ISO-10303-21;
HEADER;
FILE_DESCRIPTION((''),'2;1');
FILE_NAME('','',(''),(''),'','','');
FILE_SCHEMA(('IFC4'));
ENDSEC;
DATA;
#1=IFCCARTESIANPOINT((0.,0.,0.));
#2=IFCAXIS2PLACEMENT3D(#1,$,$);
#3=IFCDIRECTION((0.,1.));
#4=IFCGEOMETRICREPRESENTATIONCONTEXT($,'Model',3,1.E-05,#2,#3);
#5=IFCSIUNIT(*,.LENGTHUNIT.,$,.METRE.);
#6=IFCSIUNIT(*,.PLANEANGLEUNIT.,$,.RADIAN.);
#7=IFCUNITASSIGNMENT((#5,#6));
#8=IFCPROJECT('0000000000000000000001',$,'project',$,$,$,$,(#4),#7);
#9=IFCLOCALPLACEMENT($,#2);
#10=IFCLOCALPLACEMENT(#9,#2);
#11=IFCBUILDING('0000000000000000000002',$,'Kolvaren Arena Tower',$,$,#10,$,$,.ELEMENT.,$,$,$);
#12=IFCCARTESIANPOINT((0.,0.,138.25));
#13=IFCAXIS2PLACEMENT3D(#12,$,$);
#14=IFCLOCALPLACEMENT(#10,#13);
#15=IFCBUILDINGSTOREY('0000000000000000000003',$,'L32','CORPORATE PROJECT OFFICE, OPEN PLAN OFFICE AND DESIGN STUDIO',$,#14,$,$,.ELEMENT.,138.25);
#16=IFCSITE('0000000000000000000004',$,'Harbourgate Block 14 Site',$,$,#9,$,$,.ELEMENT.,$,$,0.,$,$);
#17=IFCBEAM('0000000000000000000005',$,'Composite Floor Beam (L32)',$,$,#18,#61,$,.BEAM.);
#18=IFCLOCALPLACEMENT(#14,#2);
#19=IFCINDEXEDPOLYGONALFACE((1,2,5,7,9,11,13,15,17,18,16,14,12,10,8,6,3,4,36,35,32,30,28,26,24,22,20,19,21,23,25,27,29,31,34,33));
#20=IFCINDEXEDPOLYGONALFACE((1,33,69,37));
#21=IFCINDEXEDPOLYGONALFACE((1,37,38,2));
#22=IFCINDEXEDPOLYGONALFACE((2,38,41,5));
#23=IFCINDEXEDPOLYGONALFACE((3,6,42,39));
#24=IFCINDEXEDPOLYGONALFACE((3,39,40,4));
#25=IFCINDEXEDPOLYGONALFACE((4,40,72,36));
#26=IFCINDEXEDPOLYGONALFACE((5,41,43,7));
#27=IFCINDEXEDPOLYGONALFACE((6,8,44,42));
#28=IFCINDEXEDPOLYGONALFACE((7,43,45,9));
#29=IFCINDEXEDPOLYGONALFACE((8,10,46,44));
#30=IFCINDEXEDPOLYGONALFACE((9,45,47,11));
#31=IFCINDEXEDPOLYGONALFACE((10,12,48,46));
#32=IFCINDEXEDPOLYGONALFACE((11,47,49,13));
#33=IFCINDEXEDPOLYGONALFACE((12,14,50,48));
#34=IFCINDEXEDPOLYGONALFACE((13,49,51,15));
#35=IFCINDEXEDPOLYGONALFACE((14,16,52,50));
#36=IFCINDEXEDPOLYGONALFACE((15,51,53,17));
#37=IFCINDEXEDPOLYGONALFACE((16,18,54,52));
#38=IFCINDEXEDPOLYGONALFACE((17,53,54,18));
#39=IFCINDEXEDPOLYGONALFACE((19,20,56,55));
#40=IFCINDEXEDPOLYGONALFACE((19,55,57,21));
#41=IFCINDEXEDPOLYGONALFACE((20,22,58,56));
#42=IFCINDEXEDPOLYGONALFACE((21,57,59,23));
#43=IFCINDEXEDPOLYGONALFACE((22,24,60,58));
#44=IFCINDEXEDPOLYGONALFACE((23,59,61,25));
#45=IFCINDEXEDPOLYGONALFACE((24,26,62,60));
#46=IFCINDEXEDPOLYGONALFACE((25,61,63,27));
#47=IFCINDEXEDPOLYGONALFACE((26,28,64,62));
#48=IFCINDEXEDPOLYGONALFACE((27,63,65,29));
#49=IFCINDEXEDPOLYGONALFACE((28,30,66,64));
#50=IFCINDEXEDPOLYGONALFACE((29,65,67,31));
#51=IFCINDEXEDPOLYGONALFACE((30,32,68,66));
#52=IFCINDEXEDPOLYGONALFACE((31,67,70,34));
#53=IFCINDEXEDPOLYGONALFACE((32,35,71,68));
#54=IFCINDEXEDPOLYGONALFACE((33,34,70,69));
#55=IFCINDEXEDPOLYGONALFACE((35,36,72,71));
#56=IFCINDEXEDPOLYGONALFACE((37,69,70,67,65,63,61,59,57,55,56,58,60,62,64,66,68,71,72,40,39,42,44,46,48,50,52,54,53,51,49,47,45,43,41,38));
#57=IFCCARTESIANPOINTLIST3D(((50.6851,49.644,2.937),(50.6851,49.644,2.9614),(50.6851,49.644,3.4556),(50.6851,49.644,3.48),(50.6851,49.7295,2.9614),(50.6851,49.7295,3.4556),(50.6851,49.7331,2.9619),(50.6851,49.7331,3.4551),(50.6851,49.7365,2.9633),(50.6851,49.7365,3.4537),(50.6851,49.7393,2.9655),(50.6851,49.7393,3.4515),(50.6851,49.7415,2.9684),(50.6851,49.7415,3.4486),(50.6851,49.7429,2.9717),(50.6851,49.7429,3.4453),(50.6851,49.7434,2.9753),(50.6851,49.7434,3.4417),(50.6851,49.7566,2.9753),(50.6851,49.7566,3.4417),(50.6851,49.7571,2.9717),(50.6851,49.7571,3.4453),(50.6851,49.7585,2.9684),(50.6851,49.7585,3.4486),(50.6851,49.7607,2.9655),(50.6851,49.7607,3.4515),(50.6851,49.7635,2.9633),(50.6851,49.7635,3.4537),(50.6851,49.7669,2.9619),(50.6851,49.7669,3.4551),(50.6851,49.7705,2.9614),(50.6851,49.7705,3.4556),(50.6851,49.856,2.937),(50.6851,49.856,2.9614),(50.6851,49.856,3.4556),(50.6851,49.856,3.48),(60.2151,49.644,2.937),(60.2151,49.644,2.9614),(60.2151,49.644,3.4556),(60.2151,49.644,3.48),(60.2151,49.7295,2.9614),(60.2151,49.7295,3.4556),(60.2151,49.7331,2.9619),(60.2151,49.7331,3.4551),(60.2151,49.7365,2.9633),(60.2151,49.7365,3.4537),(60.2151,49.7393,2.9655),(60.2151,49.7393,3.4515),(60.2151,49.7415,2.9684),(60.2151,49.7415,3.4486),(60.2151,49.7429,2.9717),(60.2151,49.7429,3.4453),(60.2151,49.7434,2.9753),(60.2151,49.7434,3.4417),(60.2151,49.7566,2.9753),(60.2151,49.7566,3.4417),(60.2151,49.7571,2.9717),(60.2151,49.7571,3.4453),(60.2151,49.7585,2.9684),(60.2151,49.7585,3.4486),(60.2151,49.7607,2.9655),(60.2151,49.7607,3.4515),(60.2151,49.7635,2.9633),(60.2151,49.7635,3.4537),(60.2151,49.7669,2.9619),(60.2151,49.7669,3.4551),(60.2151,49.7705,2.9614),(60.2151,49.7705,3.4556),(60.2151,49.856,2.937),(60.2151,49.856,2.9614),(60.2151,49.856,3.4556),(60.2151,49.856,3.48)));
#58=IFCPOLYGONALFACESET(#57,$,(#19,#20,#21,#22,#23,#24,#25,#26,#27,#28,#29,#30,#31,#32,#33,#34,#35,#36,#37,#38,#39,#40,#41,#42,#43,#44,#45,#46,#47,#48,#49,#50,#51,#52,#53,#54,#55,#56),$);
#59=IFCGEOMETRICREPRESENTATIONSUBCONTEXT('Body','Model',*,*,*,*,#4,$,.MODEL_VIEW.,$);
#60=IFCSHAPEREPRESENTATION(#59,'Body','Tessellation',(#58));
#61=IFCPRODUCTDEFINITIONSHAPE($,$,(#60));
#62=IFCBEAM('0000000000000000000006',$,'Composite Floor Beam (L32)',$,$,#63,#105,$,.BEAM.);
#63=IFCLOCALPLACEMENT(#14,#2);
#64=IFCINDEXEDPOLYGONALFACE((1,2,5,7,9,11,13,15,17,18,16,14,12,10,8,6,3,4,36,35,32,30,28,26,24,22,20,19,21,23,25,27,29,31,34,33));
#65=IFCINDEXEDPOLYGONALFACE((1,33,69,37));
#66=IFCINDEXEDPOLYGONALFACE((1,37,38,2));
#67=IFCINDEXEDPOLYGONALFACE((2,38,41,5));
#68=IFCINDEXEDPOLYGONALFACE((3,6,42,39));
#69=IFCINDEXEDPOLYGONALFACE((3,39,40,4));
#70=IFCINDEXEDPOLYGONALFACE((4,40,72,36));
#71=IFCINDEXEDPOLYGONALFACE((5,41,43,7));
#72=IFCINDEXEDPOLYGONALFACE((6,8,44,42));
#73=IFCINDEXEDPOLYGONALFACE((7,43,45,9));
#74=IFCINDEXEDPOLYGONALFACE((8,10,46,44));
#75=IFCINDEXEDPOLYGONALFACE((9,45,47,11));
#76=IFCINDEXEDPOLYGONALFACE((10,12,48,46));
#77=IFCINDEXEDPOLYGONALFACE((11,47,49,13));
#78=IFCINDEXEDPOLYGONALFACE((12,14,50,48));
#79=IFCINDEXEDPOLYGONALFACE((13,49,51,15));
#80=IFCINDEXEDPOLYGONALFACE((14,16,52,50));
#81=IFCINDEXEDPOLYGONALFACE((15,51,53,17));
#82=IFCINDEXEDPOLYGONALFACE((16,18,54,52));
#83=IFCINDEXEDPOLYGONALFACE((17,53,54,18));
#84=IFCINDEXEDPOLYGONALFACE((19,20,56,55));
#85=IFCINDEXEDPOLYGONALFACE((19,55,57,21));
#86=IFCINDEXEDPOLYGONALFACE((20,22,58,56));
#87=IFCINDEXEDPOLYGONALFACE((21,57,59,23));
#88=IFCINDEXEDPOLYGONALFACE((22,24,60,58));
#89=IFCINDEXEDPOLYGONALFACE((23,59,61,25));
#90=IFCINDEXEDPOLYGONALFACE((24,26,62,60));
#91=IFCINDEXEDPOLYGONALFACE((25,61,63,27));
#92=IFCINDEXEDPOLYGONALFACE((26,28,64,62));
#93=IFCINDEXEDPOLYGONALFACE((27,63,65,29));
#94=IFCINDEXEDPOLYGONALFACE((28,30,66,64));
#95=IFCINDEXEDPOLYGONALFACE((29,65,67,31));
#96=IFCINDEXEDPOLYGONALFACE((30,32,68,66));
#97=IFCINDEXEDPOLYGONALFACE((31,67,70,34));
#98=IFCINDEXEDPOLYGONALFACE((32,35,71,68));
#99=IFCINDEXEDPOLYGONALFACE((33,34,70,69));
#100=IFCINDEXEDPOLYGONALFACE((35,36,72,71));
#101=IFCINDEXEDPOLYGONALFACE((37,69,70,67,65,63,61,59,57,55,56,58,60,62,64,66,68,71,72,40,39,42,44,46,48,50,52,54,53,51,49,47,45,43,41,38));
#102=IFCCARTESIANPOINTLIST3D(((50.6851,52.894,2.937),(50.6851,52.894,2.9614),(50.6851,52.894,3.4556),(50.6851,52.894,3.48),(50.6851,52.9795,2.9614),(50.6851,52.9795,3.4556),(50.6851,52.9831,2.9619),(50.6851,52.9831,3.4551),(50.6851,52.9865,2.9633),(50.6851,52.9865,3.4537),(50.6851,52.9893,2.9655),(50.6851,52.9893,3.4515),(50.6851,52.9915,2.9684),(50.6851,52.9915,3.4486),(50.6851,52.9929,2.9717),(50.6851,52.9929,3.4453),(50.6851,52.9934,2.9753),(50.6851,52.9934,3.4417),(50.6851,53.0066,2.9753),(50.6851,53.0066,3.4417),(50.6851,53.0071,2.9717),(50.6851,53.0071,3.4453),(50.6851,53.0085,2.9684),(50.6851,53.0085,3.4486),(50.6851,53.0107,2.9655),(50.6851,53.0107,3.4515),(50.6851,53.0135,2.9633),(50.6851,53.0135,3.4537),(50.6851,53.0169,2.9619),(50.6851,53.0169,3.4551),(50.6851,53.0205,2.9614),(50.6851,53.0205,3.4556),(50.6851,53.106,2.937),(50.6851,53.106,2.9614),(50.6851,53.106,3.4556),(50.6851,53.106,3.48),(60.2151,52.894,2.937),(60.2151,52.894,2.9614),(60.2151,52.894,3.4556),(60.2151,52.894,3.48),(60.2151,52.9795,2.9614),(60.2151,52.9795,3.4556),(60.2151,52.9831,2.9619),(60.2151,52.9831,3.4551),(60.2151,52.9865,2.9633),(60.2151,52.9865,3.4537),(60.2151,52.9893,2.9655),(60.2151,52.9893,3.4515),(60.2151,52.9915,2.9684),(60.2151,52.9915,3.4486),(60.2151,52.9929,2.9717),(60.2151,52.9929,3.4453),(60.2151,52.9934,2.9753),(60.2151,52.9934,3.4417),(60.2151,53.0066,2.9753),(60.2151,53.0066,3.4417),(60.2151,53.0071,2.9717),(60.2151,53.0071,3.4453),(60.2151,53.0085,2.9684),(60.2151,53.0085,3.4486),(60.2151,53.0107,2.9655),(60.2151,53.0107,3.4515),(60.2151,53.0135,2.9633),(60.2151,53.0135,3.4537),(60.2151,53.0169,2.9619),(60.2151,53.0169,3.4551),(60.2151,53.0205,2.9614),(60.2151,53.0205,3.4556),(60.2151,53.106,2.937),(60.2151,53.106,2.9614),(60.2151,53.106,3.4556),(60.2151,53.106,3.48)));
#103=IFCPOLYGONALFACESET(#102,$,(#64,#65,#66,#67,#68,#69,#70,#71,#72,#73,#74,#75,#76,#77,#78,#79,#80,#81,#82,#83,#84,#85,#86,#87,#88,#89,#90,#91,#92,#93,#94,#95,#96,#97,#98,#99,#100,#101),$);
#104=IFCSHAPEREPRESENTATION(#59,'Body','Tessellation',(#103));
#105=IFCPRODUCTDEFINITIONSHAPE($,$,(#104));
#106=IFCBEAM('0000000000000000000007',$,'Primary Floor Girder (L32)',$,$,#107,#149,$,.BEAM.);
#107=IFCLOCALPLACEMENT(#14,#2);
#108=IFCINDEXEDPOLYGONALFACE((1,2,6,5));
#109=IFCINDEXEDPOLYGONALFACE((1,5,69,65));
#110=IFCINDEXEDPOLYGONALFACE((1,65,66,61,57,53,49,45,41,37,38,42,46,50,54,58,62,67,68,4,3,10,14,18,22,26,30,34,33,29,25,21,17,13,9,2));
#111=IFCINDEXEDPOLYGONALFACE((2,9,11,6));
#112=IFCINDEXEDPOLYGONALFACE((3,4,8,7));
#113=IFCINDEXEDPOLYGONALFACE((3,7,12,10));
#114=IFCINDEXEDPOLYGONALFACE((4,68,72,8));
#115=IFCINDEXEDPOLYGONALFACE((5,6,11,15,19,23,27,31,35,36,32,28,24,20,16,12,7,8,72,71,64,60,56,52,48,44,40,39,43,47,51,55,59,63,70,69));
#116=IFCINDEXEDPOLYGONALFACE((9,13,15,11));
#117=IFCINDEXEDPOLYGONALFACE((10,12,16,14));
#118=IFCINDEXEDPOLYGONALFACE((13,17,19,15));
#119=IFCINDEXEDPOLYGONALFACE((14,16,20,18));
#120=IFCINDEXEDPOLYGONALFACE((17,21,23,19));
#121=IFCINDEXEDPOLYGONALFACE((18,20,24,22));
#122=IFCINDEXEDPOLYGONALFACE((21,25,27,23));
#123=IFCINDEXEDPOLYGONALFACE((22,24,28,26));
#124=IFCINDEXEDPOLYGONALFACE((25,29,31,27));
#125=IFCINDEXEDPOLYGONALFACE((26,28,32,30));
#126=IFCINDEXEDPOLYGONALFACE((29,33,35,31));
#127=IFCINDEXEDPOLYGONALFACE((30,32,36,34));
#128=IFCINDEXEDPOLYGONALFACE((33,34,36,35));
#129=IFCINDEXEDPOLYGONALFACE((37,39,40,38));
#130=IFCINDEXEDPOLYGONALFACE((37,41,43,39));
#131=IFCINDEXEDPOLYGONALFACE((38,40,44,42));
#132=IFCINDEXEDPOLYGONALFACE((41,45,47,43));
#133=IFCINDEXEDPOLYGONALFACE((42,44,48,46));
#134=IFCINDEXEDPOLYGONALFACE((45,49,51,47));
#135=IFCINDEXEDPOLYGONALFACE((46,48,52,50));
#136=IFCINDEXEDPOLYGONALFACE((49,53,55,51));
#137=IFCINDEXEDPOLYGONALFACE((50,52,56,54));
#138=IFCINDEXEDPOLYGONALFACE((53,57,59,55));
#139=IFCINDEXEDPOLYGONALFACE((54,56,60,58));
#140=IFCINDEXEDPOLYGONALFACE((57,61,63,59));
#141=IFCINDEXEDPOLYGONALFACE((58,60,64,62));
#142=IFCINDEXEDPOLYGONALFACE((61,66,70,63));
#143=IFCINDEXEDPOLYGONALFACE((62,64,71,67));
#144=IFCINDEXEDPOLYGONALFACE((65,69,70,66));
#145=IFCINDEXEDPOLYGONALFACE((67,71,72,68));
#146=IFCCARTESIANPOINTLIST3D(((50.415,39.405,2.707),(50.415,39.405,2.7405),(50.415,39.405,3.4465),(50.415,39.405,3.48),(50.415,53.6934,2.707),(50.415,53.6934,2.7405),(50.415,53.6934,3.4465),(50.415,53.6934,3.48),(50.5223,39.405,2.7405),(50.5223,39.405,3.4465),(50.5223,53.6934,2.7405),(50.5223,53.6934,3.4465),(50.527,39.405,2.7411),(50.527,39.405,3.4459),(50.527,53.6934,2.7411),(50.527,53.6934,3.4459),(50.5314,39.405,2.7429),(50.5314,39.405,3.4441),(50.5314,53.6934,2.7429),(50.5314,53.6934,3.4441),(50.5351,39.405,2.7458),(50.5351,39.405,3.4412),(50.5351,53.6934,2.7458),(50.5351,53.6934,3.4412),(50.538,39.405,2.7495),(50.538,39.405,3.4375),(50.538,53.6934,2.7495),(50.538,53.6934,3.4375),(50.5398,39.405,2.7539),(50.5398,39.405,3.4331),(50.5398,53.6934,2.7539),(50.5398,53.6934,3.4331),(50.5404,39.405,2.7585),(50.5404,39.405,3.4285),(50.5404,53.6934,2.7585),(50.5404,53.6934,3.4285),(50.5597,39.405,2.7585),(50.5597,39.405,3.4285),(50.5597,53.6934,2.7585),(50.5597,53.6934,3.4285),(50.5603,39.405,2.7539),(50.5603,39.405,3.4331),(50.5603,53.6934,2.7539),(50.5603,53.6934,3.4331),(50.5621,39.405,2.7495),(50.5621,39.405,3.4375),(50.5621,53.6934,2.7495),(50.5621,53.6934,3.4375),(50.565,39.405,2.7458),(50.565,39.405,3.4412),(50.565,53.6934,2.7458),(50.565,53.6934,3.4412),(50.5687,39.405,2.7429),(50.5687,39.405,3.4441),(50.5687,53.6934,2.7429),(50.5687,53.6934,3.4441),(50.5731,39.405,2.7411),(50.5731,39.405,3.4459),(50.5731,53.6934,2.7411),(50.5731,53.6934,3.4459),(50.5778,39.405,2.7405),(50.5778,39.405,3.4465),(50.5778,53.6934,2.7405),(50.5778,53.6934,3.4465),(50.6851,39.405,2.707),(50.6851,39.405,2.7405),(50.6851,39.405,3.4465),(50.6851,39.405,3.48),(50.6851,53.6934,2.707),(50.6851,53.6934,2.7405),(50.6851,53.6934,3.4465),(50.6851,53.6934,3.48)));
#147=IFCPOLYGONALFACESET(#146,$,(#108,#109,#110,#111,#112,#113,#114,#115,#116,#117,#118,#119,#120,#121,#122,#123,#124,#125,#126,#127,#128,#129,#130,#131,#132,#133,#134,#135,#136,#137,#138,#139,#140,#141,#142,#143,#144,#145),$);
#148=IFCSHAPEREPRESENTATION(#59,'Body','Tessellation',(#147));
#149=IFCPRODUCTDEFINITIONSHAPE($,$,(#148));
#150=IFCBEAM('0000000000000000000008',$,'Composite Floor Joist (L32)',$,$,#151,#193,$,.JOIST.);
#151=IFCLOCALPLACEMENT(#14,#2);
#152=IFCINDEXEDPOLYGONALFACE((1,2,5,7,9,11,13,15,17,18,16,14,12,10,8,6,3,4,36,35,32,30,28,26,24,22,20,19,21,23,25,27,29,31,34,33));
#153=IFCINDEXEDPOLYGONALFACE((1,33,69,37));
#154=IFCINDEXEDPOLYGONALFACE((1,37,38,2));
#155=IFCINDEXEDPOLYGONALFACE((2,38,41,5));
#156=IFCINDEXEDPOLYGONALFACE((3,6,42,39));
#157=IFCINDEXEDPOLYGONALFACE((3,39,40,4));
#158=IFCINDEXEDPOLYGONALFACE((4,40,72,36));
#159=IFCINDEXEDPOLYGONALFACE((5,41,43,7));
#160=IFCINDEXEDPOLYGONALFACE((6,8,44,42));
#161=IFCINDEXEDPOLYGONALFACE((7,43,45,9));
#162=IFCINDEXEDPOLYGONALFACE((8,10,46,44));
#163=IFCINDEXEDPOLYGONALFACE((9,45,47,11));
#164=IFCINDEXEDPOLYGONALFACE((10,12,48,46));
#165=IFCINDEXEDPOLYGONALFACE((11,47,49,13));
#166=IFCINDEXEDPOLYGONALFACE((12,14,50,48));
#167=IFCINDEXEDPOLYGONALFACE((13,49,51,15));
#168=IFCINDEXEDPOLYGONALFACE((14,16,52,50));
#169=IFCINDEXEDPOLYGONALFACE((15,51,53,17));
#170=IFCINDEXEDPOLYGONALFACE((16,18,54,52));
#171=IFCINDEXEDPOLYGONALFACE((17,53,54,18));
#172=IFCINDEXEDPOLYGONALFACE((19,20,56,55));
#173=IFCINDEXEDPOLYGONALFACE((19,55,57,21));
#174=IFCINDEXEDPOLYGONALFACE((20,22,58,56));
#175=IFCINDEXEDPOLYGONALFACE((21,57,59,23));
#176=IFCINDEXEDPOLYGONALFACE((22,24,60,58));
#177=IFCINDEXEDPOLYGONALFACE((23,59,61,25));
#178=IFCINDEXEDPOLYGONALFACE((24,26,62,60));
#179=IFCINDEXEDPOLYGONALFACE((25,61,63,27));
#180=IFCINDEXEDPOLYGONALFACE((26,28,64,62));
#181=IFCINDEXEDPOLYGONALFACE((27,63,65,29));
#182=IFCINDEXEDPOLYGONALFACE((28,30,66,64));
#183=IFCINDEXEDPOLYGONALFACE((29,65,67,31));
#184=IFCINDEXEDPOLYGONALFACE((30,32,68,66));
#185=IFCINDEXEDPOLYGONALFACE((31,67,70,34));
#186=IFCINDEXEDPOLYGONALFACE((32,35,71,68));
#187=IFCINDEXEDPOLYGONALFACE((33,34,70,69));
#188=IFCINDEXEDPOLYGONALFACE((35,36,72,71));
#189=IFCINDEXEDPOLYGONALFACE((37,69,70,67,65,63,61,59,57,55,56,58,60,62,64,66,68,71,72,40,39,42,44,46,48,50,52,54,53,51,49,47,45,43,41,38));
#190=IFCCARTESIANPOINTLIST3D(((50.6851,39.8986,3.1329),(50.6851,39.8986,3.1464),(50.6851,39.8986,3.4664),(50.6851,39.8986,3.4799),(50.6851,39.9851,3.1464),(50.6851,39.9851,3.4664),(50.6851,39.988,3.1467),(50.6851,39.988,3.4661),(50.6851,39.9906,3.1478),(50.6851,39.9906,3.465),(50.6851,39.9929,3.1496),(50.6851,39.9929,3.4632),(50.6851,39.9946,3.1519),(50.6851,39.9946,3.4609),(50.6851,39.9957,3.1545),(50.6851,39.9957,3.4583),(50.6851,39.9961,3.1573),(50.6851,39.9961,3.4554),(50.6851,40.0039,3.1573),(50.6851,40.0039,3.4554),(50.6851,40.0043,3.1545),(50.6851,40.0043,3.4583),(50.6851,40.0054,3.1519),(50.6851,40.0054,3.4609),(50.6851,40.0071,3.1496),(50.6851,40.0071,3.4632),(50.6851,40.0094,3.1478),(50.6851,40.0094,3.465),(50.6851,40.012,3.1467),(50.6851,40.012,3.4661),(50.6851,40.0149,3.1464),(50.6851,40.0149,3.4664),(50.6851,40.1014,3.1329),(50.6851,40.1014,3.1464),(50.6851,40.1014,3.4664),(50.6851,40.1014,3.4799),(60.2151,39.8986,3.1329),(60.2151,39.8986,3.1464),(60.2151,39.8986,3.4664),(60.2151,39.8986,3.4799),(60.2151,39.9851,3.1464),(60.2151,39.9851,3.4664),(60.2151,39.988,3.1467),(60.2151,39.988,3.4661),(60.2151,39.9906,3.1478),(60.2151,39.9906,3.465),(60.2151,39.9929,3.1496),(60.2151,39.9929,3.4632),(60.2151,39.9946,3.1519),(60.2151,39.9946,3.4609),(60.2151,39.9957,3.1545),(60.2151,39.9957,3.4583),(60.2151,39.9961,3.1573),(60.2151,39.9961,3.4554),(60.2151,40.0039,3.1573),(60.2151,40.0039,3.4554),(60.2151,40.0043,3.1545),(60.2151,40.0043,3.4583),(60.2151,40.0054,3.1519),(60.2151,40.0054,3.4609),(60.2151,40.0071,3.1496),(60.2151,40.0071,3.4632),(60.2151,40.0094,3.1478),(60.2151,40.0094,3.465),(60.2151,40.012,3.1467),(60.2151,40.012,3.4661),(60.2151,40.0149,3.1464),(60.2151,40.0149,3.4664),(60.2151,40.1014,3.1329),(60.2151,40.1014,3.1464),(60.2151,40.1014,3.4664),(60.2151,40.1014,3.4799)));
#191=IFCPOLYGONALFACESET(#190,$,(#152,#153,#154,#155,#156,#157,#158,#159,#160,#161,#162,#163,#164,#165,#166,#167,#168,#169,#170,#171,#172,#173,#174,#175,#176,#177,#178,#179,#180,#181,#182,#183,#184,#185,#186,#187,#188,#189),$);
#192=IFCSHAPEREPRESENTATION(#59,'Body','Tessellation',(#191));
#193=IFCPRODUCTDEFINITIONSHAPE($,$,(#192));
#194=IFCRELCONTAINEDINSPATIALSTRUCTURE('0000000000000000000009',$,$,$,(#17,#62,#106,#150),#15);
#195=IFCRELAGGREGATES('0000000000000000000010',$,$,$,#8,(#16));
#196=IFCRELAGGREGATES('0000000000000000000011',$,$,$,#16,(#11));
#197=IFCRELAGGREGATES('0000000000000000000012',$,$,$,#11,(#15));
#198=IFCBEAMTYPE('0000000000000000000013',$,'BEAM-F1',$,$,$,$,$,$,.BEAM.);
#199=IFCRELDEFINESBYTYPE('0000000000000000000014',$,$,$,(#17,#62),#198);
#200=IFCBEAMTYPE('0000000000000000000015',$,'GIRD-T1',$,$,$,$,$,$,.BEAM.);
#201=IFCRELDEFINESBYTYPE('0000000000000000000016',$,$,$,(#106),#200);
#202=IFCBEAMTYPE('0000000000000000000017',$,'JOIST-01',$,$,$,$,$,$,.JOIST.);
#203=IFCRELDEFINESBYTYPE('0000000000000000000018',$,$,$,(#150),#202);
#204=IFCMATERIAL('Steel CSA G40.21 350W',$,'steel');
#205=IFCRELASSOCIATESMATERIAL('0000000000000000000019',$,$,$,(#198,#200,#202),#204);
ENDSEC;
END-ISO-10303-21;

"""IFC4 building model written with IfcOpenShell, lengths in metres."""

from ifc_helpers import new_model, si_unit, direction, frame, origin, origin_2d, place, context, subcontext, project, spatial, i_section, extrude, material, material_profile, profile_set, type_object, element, save


model = new_model("IFC4")

# Units and contexts
model_context = context("Model", 3, precision=1e-05, world=origin(), true_north=direction((0.0, 1.0)))
body_context = subcontext(model_context, "Body", "Model", "MODEL_VIEW")
ifc_project = project(units=[si_unit("LENGTHUNIT", "METRE"), si_unit("PLANEANGLEUNIT", "RADIAN")], contexts=[model_context])

# Site, building, storey
site_placement = place(None, origin())
site = spatial("IfcSite", under=ifc_project, at=site_placement, Name="Harbourgate Block 14 Site", CompositionType="ELEMENT", RefElevation=0.0)
building_placement = place(site_placement, origin())
building = spatial("IfcBuilding", under=site, at=building_placement, Name="Kolvaren Arena Tower", CompositionType="ELEMENT")
storey_placement = place(building_placement, frame((0.0, 0.0, 138.25)))
storey = spatial("IfcBuildingStorey", under=building, at=storey_placement, Name="L32", Description="CORPORATE PROJECT OFFICE, OPEN PLAN OFFICE AND DESIGN STUDIO", CompositionType="ELEMENT", Elevation=138.25)

# Beams
ifc_material_1 = material(Name="Steel CSA G40.21 350W", Category="steel")
ifc_material_profile_1 = material_profile(ifc_material_1, i_section(OverallWidth=0.2119, OverallDepth=0.543, WebThickness=0.0132, FlangeThickness=0.0244, FilletRadius=0.0139, at=origin_2d()), Name="W530x150")
ifc_profile_set_1 = profile_set([ifc_material_profile_1], Name="Steel CSA G40.21 350W")
beam_type_1 = type_object("IfcBeamType", Name="BEAM-F1", PredefinedType="BEAM", material=ifc_profile_set_1)
for number, where, z_axis, x_axis, name in (
    (1, (50.6851, 49.75, 3.2085), (1.0, 0.0, 0.0), (0.0, 1.0, 0.0), "Composite Floor Beam (L32)"),
    (2, (50.6851, 53.0, 3.2085), (1.0, 0.0, 0.0), (0.0, 1.0, 0.0), "Composite Floor Beam (L32)"),
):
    element("IfcBeam", number, at=place(storey_placement, frame(where, z_axis=z_axis, x_axis=x_axis)), inside=storey, type_object=beam_type_1, Name=name, PredefinedType="BEAM", context=body_context, shape_type="SweptSolid", body=[
        extrude(i_section(OverallWidth=0.2119, OverallDepth=0.543, WebThickness=0.0132, FlangeThickness=0.0244, FilletRadius=0.0139, at=origin_2d()), origin(), (0.0, 0.0, 1.0), 9.53),
    ])
ifc_material_profile_2 = material_profile(ifc_material_1, i_section(OverallWidth=0.27, OverallDepth=0.7729, WebThickness=0.0193, FlangeThickness=0.0334, FilletRadius=0.0181, at=origin_2d()), Name="W760x257")
ifc_profile_set_2 = profile_set([ifc_material_profile_2], Name="Steel CSA G40.21 350W")
beam_type_2 = type_object("IfcBeamType", Name="GIRD-T1", PredefinedType="BEAM", material=ifc_profile_set_2)
beam_1_placement = place(storey_placement, frame((50.55, 39.405, 3.0935), z_axis=(0.0, 1.0, 0.0), x_axis=(-1.0, 0.0, 0.0)))
element("IfcBeam", 3, at=beam_1_placement, inside=storey, type_object=beam_type_2, Name="Primary Floor Girder (L32)", PredefinedType="BEAM", context=body_context, shape_type="SweptSolid", body=[
    extrude(i_section(OverallWidth=0.27, OverallDepth=0.7729, WebThickness=0.0193, FlangeThickness=0.0334, FilletRadius=0.0181, at=origin_2d()), origin(), (0.0, 0.0, 1.0), 14.2883),
])
ifc_material_profile_3 = material_profile(ifc_material_1, i_section(OverallWidth=0.2029, OverallDepth=0.3469, WebThickness=0.0078, FlangeThickness=0.0134, FilletRadius=0.011, at=origin_2d()), Name="W360x64")
ifc_profile_set_3 = profile_set([ifc_material_profile_3], Name="Steel CSA G40.21 350W")
beam_type_3 = type_object("IfcBeamType", Name="JOIST-01", PredefinedType="JOIST", material=ifc_profile_set_3)
beam_2_placement = place(storey_placement, frame((50.6851, 40.0, 3.3064), z_axis=(1.0, 0.0, 0.0), x_axis=(0.0, 1.0, 0.0)))
element("IfcBeam", 4, at=beam_2_placement, inside=storey, type_object=beam_type_3, Name="Composite Floor Joist (L32)", PredefinedType="JOIST", context=body_context, shape_type="SweptSolid", body=[
    extrude(i_section(OverallWidth=0.2029, OverallDepth=0.3469, WebThickness=0.0078, FlangeThickness=0.0134, FilletRadius=0.011, at=origin_2d()), origin(), (0.0, 0.0, 1.0), 9.53),
])

save(model, "model.ifc")
